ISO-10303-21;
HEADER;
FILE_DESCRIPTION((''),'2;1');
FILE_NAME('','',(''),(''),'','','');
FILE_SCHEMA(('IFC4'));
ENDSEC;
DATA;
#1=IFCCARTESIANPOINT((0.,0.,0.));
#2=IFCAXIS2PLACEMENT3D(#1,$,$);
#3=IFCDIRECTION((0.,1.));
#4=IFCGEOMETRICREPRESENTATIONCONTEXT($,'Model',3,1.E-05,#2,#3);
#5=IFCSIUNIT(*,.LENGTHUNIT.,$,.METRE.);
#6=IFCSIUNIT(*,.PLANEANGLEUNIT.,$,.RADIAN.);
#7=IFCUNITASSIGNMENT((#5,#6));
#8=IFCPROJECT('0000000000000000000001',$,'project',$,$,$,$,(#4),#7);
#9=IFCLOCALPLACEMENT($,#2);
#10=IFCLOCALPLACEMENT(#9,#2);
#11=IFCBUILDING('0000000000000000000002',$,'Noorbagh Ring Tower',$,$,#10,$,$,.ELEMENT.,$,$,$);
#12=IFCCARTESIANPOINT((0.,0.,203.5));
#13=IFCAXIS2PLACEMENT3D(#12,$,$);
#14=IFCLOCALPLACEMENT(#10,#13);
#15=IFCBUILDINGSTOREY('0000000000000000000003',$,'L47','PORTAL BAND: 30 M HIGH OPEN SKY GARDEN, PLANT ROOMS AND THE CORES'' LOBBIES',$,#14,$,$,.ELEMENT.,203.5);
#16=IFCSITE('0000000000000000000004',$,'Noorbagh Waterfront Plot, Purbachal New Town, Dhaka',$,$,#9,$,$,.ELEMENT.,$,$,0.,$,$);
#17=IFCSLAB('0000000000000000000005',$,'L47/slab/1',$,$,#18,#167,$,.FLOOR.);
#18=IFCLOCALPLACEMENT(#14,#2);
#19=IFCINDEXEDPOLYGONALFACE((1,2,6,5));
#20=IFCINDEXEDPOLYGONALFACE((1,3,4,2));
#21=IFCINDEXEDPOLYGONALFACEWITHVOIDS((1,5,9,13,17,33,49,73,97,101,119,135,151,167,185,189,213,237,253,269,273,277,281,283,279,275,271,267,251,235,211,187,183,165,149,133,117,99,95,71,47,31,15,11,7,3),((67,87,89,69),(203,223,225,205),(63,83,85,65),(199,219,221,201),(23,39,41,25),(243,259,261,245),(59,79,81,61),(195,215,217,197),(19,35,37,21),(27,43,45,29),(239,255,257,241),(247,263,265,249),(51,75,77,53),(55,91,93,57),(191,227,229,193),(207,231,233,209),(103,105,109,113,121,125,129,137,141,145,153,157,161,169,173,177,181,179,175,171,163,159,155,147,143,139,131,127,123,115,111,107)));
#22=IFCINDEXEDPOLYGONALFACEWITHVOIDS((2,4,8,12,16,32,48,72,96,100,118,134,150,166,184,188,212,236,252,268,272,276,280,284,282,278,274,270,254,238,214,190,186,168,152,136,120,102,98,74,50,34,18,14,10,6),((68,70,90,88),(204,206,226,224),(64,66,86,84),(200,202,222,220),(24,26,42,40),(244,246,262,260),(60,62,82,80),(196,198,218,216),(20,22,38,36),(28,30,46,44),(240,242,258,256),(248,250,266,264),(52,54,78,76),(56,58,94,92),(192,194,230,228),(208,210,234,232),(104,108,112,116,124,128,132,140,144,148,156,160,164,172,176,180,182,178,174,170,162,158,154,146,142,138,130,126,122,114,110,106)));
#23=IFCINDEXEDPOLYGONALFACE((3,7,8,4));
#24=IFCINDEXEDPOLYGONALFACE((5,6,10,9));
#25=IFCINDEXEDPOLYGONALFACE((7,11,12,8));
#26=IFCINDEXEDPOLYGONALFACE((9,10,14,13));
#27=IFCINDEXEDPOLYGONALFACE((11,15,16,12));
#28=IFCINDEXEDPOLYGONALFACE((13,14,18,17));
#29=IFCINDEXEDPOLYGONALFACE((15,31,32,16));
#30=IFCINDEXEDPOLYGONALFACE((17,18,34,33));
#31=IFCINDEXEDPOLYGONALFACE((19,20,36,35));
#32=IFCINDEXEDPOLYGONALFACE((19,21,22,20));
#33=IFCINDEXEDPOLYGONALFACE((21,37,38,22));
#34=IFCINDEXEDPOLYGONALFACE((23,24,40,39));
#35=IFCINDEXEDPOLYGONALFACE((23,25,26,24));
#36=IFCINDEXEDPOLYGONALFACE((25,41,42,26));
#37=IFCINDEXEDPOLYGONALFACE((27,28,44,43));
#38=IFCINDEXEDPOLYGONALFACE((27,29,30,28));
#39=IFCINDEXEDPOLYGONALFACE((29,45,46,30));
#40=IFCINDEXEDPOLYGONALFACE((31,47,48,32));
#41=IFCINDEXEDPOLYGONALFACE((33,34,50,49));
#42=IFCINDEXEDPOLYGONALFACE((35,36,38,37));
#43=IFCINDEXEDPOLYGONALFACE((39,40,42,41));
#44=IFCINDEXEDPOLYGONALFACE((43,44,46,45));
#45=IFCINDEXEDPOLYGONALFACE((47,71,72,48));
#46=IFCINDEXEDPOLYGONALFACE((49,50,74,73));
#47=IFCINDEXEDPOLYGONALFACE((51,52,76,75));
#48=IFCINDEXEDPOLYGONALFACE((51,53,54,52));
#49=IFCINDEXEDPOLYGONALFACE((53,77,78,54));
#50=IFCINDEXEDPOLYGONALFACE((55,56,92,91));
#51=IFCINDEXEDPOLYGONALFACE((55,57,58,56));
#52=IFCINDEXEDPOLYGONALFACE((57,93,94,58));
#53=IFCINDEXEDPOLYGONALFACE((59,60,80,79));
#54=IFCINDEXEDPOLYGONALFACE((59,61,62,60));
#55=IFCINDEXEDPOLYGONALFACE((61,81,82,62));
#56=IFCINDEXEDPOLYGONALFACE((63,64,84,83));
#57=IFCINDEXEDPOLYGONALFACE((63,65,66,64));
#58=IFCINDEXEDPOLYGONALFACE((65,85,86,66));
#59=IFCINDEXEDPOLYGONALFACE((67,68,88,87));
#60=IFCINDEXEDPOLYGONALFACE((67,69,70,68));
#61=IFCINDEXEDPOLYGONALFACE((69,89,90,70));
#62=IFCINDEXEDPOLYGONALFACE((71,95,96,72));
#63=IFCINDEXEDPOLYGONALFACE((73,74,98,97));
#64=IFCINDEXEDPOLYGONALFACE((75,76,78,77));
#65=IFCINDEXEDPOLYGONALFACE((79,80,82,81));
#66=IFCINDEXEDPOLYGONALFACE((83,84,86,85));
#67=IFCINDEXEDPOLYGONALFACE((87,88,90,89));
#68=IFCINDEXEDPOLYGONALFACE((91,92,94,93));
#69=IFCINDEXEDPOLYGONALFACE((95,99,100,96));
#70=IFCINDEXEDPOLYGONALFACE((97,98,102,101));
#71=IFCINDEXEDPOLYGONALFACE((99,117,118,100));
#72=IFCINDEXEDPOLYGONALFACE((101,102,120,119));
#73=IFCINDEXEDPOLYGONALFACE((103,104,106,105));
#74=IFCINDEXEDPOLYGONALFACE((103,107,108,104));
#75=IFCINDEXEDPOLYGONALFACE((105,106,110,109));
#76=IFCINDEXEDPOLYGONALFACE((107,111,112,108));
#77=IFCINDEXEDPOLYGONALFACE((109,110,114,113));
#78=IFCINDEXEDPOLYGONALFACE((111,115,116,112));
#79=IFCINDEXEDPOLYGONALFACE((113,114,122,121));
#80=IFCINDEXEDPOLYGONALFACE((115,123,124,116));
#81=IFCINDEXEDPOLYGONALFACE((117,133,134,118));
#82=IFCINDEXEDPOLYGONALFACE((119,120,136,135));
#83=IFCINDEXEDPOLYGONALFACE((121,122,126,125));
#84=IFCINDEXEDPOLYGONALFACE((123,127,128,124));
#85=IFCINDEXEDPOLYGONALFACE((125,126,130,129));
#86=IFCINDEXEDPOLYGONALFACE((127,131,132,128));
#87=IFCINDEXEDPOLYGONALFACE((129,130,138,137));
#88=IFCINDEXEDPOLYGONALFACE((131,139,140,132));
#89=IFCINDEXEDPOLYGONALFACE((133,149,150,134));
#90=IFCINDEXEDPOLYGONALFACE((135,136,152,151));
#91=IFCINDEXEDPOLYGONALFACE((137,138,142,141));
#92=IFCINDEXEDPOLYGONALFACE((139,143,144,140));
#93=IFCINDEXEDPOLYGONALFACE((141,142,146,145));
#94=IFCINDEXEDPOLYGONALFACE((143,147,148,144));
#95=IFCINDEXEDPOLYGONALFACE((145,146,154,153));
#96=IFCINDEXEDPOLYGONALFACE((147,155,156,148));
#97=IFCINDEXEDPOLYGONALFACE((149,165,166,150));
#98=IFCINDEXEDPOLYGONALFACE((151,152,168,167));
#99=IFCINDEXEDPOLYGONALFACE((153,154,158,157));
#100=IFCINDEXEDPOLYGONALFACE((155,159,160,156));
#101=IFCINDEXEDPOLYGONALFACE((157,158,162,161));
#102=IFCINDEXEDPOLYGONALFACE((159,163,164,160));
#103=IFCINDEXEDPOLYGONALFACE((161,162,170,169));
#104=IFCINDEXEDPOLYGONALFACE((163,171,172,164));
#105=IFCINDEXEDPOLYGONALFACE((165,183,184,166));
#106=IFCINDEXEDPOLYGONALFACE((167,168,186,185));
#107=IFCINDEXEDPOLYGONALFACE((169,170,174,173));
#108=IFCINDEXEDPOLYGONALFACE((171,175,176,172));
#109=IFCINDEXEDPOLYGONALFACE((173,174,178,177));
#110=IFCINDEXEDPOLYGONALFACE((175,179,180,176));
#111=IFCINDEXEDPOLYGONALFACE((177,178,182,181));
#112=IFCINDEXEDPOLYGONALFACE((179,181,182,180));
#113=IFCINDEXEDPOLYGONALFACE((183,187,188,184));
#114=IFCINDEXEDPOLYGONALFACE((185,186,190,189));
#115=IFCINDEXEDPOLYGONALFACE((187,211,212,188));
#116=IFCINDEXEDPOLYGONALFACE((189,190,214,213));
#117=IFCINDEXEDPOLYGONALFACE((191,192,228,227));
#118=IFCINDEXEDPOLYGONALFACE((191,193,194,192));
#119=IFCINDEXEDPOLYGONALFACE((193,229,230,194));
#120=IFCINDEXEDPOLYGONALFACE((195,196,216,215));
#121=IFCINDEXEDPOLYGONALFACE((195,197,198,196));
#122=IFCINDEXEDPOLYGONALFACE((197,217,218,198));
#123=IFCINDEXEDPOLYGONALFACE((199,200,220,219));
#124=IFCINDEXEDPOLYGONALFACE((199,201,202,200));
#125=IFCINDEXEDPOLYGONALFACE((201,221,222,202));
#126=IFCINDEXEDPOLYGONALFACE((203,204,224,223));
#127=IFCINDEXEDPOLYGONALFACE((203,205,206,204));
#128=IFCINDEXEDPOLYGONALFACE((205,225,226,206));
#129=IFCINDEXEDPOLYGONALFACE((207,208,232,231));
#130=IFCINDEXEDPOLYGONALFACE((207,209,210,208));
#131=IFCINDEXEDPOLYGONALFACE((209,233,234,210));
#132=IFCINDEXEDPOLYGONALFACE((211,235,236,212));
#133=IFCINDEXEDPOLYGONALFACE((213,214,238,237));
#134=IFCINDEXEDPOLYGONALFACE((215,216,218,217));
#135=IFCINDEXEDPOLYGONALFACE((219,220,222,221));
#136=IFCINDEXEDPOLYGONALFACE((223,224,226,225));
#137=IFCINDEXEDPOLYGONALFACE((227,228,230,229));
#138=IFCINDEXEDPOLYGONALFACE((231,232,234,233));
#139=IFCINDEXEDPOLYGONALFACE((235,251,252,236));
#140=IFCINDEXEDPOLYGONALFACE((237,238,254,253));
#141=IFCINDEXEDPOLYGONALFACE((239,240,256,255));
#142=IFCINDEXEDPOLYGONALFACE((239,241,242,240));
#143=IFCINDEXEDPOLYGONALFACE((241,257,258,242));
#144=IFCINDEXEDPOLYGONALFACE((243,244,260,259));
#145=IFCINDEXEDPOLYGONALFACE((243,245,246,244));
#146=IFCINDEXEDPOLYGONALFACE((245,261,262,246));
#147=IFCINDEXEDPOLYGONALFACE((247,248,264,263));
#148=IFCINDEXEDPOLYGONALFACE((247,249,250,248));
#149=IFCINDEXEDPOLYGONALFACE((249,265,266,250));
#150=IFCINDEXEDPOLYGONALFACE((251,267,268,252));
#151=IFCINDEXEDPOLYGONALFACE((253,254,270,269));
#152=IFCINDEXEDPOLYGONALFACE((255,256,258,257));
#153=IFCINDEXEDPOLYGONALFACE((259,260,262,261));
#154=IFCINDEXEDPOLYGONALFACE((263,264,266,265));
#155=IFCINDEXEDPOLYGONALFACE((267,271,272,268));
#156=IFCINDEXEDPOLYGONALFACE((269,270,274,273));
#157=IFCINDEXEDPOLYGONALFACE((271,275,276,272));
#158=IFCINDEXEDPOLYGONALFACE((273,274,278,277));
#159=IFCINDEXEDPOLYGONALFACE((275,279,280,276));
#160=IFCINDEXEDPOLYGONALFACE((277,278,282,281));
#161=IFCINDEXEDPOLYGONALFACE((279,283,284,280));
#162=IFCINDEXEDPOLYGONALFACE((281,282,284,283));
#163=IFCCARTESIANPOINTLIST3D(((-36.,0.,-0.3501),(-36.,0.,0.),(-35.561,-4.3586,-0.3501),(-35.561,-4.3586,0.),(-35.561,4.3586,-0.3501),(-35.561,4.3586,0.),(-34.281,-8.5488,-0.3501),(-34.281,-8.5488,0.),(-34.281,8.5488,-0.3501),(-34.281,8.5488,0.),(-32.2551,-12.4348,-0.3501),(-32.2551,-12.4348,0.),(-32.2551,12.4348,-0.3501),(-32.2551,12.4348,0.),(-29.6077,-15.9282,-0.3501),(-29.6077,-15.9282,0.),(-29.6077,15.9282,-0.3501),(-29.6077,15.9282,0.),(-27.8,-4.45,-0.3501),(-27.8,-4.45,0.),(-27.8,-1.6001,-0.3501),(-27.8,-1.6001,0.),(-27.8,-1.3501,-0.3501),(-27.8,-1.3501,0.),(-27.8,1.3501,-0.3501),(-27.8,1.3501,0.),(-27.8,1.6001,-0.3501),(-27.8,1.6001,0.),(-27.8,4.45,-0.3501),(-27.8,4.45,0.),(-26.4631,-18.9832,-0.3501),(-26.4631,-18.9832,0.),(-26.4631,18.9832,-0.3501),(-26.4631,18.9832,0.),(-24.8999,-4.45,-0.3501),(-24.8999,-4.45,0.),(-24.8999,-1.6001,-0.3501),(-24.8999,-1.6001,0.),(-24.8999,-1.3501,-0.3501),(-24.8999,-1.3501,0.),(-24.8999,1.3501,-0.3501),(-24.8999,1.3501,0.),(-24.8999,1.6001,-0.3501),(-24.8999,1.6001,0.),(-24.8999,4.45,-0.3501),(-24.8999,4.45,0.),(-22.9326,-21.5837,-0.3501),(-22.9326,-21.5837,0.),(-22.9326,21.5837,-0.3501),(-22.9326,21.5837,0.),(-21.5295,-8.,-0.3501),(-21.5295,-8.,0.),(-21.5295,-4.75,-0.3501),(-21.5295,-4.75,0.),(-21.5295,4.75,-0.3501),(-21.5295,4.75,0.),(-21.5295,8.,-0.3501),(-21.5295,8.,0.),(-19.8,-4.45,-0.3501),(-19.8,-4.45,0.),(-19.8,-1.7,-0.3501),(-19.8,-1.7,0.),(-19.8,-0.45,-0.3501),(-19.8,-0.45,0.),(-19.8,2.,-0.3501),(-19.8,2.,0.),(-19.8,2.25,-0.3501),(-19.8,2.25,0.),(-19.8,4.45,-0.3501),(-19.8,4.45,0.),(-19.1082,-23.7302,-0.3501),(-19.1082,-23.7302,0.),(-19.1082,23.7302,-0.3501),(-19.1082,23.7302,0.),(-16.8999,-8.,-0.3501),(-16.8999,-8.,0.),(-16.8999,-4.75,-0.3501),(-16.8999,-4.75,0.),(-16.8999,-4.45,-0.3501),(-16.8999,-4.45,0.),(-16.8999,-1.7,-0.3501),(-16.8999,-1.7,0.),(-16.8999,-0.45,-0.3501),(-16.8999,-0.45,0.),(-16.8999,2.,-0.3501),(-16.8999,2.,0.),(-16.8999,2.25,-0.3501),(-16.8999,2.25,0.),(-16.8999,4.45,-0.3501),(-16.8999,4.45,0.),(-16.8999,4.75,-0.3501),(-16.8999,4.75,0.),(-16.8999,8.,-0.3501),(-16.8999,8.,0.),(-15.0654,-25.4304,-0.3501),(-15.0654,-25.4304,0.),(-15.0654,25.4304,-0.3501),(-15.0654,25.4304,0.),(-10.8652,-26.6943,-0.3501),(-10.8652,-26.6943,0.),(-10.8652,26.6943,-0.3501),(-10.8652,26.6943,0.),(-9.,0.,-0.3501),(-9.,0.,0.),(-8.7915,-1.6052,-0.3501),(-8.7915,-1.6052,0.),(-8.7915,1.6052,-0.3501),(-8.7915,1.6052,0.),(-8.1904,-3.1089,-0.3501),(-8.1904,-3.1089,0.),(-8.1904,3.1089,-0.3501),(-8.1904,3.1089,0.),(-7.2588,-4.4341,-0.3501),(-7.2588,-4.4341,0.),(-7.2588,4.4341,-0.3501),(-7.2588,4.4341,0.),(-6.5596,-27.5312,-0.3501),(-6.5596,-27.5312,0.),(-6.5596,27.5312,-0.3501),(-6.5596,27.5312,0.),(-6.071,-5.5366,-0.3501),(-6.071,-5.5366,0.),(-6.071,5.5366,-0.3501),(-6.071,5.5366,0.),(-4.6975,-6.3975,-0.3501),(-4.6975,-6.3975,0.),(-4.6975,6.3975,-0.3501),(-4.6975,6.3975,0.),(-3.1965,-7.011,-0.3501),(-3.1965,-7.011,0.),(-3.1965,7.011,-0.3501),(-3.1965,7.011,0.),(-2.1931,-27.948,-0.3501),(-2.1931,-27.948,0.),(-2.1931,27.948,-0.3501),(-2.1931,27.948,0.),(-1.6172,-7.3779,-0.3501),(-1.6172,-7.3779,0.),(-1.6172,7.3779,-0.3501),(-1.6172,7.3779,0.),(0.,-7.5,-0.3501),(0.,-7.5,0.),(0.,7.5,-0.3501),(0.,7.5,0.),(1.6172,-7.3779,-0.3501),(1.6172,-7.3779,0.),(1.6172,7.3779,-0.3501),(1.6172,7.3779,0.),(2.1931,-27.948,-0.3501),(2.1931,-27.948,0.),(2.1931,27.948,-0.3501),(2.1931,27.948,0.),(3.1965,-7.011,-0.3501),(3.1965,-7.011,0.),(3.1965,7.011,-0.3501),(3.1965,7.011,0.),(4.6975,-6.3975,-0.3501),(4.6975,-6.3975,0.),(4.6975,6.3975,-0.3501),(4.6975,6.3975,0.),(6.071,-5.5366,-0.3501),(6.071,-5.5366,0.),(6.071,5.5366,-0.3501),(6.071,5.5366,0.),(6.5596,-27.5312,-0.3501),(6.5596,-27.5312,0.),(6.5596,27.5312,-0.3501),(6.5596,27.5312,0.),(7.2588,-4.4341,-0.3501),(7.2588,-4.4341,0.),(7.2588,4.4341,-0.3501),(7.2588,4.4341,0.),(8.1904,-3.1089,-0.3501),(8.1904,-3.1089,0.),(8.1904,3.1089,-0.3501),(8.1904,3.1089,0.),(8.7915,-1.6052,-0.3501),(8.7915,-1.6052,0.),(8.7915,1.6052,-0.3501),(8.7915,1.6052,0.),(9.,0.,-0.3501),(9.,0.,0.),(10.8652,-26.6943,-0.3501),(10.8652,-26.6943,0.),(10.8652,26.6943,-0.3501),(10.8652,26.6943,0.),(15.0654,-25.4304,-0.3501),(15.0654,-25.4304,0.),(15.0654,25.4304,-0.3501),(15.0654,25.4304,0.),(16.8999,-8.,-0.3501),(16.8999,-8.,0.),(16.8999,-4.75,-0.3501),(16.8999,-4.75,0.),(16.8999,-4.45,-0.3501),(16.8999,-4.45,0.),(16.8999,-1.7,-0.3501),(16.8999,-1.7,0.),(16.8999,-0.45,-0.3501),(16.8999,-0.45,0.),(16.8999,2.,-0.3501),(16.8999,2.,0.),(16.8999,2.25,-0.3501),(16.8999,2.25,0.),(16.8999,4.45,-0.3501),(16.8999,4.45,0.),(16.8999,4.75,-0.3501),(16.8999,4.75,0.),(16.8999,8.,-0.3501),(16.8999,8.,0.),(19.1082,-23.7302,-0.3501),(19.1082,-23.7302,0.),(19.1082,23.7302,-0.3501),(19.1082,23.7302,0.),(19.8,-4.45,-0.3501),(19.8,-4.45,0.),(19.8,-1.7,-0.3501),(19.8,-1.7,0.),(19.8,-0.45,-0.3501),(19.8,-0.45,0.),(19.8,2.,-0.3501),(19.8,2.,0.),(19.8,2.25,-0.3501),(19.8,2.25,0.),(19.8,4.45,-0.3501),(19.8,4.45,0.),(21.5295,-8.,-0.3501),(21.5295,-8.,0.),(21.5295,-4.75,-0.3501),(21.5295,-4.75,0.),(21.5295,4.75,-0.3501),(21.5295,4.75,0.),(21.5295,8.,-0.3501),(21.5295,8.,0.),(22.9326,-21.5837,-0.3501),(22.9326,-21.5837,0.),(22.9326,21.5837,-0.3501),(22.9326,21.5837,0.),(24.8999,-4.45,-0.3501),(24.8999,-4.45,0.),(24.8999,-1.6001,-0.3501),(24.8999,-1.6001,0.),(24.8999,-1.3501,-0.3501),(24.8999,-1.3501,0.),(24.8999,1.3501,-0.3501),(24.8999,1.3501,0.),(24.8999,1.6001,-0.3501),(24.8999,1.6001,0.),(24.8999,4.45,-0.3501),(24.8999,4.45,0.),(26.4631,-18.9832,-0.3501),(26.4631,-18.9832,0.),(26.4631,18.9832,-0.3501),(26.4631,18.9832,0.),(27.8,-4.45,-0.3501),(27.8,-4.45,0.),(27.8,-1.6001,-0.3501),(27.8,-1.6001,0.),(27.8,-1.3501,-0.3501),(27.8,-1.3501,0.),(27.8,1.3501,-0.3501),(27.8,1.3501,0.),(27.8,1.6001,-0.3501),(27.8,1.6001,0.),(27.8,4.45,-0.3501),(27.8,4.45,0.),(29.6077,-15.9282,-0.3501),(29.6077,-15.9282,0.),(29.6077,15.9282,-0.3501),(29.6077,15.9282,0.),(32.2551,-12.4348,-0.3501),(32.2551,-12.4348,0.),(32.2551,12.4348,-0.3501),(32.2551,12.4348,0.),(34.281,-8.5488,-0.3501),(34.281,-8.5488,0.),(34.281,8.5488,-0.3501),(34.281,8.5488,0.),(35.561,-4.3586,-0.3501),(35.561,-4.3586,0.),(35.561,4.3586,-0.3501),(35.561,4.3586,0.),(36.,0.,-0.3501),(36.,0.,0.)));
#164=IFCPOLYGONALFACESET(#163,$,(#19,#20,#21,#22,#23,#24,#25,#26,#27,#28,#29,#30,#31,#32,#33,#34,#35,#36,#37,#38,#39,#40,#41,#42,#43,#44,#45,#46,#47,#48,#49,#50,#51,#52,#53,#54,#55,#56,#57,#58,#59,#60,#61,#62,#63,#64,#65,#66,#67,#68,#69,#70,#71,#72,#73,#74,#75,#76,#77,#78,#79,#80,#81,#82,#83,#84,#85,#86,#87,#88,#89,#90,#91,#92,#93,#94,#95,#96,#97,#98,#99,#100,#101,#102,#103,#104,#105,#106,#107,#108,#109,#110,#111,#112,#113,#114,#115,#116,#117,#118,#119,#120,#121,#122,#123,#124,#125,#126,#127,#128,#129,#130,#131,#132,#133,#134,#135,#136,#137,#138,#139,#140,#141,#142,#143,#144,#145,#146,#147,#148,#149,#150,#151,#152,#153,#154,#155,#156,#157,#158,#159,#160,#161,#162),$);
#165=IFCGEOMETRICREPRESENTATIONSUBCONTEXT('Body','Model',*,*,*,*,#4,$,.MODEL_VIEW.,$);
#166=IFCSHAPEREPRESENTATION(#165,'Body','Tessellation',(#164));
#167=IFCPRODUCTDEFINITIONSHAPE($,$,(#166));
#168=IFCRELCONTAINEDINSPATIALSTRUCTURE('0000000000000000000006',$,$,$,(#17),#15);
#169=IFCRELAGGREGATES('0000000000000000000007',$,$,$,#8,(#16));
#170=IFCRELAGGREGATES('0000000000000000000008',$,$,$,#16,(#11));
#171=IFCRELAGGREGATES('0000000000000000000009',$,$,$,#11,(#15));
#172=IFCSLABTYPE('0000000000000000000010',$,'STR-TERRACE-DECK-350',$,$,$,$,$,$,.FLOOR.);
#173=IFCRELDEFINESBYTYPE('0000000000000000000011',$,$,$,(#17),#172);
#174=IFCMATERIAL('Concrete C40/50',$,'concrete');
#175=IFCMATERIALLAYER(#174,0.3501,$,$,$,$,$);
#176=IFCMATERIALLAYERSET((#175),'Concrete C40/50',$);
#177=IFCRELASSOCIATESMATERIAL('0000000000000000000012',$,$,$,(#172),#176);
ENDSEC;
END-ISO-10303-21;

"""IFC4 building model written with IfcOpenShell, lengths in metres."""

from ifc_helpers import new_model, si_unit, direction, frame, origin, place, context, subcontext, project, spatial, polyline, outline, extrude, material, layer, layer_set, type_object, element, save


model = new_model("IFC4")

# Units and contexts
model_context = context("Model", 3, precision=1e-05, world=origin(), true_north=direction((0.0, 1.0)))
body_context = subcontext(model_context, "Body", "Model", "MODEL_VIEW")
ifc_project = project(units=[si_unit("LENGTHUNIT", "METRE"), si_unit("PLANEANGLEUNIT", "RADIAN")], contexts=[model_context])

# Site, building, storey
site_placement = place(None, origin())
site = spatial("IfcSite", under=ifc_project, at=site_placement, Name="Noorbagh Waterfront Plot, Purbachal New Town, Dhaka", CompositionType="ELEMENT", RefElevation=0.0)
building_placement = place(site_placement, origin())
building = spatial("IfcBuilding", under=site, at=building_placement, Name="Noorbagh Ring Tower", CompositionType="ELEMENT")
storey_placement = place(building_placement, frame((0.0, 0.0, 203.5)))
storey = spatial("IfcBuildingStorey", under=building, at=storey_placement, Name="L47", Description="PORTAL BAND: 30 M HIGH OPEN SKY GARDEN, PLANT ROOMS AND THE CORES' LOBBIES", CompositionType="ELEMENT", Elevation=203.5)

# Slab
ifc_material_1 = material(Name="Concrete C40/50", Category="concrete")
ifc_layer_1 = layer(ifc_material_1, 0.3501)
ifc_layer_set_1 = layer_set([ifc_layer_1], Name="Concrete C40/50")
slab_type_1 = type_object("IfcSlabType", Name="STR-TERRACE-DECK-350", PredefinedType="FLOOR", material=ifc_layer_set_1)
slab_1_placement = place(storey_placement, frame((0.0, 0.0, -0.3501)))
element("IfcSlab", 1, at=slab_1_placement, inside=storey, type_object=slab_type_1, Name="L47/slab/1", PredefinedType="FLOOR", context=body_context, shape_type="SweptSolid", body=[
    extrude(outline(polyline([(36.0, 0.0), (35.561, 4.3586), (34.281, 8.5488), (32.2551, 12.4348), (29.6077, 15.9282), (26.4631, 18.9832), (22.9326, 21.5837), (19.1082, 23.7302), (15.0654, 25.4304), (10.8652, 26.6943), (6.5596, 27.5312), (2.1931, 27.948), (-2.1931, 27.948), (-6.5596, 27.5312), (-10.8652, 26.6943), (-15.0654, 25.4304), (-19.1082, 23.7302), (-22.9326, 21.5837), (-26.4631, 18.9832), (-29.6077, 15.9282), (-32.2551, 12.4348), (-34.281, 8.5488), (-35.561, 4.3586), (-36.0, 0.0), (-35.561, -4.3586), (-34.281, -8.5488), (-32.2551, -12.4348), (-29.6077, -15.9282), (-26.4631, -18.9832), (-22.9326, -21.5837), (-19.1082, -23.7302), (-15.0654, -25.4304), (-10.8652, -26.6943), (-6.5596, -27.5312), (-2.1931, -27.948), (2.1931, -27.948), (6.5596, -27.5312), (10.8652, -26.6943), (15.0654, -25.4304), (19.1082, -23.7302), (22.9326, -21.5837), (26.4631, -18.9832), (29.6077, -15.9282), (32.2551, -12.4348), (34.281, -8.5488), (35.561, -4.3586), (36.0, 0.0)]), holes=[polyline([(24.8999, 4.45), (27.8, 4.45), (27.8, 1.6001), (24.8999, 1.6001), (24.8999, 4.45)]), polyline([(24.8999, 1.3501), (27.8, 1.3501), (27.8, -1.3501), (24.8999, -1.3501), (24.8999, 1.3501)]), polyline([(24.8999, -1.6001), (27.8, -1.6001), (27.8, -4.45), (24.8999, -4.45), (24.8999, -1.6001)]), polyline([(21.5295, -8.0), (16.8999, -8.0), (16.8999, -4.75), (21.5295, -4.75), (21.5295, -8.0)]), polyline([(16.8999, 4.75), (16.8999, 8.0), (21.5295, 8.0), (21.5295, 4.75), (16.8999, 4.75)]), polyline([(19.8, 4.45), (19.8, 2.25), (16.8999, 2.25), (16.8999, 4.45), (19.8, 4.45)]), polyline([(16.8999, 2.0), (19.8, 2.0), (19.8, -0.45), (16.8999, -0.45), (16.8999, 2.0)]), polyline([(16.8999, -1.7), (19.8, -1.7), (19.8, -4.45), (16.8999, -4.45), (16.8999, -1.7)]), polyline([(4.6975, -6.3975), (3.1965, -7.011), (1.6172, -7.3779), (0.0, -7.5), (-1.6172, -7.3779), (-3.1965, -7.011), (-4.6975, -6.3975), (-6.071, -5.5366), (-7.2588, -4.4341), (-8.1904, -3.1089), (-8.7915, -1.6052), (-9.0, 0.0), (-8.7915, 1.6052), (-8.1904, 3.1089), (-7.2588, 4.4341), (-6.071, 5.5366), (-4.6975, 6.3975), (-3.1965, 7.011), (-1.6172, 7.3779), (0.0, 7.5), (1.6172, 7.3779), (3.1965, 7.011), (4.6975, 6.3975), (6.071, 5.5366), (7.2588, 4.4341), (8.1904, 3.1089), (8.7915, 1.6052), (9.0, 0.0), (8.7915, -1.6052), (8.1904, -3.1089), (7.2588, -4.4341), (6.071, -5.5366), (4.6975, -6.3975)]), polyline([(-16.8999, 2.25), (-19.8, 2.25), (-19.8, 4.45), (-16.8999, 4.45), (-16.8999, 2.25)]), polyline([(-16.8999, -0.45), (-19.8, -0.45), (-19.8, 2.0), (-16.8999, 2.0), (-16.8999, -0.45)]), polyline([(-16.8999, -4.45), (-19.8, -4.45), (-19.8, -1.7), (-16.8999, -1.7), (-16.8999, -4.45)]), polyline([(-21.5295, 8.0), (-16.8999, 8.0), (-16.8999, 4.75), (-21.5295, 4.75), (-21.5295, 8.0)]), polyline([(-21.5295, -4.75), (-16.8999, -4.75), (-16.8999, -8.0), (-21.5295, -8.0), (-21.5295, -4.75)]), polyline([(-24.8999, -4.45), (-27.8, -4.45), (-27.8, -1.6001), (-24.8999, -1.6001), (-24.8999, -4.45)]), polyline([(-24.8999, 1.6001), (-27.8, 1.6001), (-27.8, 4.45), (-24.8999, 4.45), (-24.8999, 1.6001)]), polyline([(-24.8999, -1.3501), (-27.8, -1.3501), (-27.8, 1.3501), (-24.8999, 1.3501), (-24.8999, -1.3501)])]), origin(), (0.0, 0.0, 1.0), 0.3501),
])

save(model, "model.ifc")
